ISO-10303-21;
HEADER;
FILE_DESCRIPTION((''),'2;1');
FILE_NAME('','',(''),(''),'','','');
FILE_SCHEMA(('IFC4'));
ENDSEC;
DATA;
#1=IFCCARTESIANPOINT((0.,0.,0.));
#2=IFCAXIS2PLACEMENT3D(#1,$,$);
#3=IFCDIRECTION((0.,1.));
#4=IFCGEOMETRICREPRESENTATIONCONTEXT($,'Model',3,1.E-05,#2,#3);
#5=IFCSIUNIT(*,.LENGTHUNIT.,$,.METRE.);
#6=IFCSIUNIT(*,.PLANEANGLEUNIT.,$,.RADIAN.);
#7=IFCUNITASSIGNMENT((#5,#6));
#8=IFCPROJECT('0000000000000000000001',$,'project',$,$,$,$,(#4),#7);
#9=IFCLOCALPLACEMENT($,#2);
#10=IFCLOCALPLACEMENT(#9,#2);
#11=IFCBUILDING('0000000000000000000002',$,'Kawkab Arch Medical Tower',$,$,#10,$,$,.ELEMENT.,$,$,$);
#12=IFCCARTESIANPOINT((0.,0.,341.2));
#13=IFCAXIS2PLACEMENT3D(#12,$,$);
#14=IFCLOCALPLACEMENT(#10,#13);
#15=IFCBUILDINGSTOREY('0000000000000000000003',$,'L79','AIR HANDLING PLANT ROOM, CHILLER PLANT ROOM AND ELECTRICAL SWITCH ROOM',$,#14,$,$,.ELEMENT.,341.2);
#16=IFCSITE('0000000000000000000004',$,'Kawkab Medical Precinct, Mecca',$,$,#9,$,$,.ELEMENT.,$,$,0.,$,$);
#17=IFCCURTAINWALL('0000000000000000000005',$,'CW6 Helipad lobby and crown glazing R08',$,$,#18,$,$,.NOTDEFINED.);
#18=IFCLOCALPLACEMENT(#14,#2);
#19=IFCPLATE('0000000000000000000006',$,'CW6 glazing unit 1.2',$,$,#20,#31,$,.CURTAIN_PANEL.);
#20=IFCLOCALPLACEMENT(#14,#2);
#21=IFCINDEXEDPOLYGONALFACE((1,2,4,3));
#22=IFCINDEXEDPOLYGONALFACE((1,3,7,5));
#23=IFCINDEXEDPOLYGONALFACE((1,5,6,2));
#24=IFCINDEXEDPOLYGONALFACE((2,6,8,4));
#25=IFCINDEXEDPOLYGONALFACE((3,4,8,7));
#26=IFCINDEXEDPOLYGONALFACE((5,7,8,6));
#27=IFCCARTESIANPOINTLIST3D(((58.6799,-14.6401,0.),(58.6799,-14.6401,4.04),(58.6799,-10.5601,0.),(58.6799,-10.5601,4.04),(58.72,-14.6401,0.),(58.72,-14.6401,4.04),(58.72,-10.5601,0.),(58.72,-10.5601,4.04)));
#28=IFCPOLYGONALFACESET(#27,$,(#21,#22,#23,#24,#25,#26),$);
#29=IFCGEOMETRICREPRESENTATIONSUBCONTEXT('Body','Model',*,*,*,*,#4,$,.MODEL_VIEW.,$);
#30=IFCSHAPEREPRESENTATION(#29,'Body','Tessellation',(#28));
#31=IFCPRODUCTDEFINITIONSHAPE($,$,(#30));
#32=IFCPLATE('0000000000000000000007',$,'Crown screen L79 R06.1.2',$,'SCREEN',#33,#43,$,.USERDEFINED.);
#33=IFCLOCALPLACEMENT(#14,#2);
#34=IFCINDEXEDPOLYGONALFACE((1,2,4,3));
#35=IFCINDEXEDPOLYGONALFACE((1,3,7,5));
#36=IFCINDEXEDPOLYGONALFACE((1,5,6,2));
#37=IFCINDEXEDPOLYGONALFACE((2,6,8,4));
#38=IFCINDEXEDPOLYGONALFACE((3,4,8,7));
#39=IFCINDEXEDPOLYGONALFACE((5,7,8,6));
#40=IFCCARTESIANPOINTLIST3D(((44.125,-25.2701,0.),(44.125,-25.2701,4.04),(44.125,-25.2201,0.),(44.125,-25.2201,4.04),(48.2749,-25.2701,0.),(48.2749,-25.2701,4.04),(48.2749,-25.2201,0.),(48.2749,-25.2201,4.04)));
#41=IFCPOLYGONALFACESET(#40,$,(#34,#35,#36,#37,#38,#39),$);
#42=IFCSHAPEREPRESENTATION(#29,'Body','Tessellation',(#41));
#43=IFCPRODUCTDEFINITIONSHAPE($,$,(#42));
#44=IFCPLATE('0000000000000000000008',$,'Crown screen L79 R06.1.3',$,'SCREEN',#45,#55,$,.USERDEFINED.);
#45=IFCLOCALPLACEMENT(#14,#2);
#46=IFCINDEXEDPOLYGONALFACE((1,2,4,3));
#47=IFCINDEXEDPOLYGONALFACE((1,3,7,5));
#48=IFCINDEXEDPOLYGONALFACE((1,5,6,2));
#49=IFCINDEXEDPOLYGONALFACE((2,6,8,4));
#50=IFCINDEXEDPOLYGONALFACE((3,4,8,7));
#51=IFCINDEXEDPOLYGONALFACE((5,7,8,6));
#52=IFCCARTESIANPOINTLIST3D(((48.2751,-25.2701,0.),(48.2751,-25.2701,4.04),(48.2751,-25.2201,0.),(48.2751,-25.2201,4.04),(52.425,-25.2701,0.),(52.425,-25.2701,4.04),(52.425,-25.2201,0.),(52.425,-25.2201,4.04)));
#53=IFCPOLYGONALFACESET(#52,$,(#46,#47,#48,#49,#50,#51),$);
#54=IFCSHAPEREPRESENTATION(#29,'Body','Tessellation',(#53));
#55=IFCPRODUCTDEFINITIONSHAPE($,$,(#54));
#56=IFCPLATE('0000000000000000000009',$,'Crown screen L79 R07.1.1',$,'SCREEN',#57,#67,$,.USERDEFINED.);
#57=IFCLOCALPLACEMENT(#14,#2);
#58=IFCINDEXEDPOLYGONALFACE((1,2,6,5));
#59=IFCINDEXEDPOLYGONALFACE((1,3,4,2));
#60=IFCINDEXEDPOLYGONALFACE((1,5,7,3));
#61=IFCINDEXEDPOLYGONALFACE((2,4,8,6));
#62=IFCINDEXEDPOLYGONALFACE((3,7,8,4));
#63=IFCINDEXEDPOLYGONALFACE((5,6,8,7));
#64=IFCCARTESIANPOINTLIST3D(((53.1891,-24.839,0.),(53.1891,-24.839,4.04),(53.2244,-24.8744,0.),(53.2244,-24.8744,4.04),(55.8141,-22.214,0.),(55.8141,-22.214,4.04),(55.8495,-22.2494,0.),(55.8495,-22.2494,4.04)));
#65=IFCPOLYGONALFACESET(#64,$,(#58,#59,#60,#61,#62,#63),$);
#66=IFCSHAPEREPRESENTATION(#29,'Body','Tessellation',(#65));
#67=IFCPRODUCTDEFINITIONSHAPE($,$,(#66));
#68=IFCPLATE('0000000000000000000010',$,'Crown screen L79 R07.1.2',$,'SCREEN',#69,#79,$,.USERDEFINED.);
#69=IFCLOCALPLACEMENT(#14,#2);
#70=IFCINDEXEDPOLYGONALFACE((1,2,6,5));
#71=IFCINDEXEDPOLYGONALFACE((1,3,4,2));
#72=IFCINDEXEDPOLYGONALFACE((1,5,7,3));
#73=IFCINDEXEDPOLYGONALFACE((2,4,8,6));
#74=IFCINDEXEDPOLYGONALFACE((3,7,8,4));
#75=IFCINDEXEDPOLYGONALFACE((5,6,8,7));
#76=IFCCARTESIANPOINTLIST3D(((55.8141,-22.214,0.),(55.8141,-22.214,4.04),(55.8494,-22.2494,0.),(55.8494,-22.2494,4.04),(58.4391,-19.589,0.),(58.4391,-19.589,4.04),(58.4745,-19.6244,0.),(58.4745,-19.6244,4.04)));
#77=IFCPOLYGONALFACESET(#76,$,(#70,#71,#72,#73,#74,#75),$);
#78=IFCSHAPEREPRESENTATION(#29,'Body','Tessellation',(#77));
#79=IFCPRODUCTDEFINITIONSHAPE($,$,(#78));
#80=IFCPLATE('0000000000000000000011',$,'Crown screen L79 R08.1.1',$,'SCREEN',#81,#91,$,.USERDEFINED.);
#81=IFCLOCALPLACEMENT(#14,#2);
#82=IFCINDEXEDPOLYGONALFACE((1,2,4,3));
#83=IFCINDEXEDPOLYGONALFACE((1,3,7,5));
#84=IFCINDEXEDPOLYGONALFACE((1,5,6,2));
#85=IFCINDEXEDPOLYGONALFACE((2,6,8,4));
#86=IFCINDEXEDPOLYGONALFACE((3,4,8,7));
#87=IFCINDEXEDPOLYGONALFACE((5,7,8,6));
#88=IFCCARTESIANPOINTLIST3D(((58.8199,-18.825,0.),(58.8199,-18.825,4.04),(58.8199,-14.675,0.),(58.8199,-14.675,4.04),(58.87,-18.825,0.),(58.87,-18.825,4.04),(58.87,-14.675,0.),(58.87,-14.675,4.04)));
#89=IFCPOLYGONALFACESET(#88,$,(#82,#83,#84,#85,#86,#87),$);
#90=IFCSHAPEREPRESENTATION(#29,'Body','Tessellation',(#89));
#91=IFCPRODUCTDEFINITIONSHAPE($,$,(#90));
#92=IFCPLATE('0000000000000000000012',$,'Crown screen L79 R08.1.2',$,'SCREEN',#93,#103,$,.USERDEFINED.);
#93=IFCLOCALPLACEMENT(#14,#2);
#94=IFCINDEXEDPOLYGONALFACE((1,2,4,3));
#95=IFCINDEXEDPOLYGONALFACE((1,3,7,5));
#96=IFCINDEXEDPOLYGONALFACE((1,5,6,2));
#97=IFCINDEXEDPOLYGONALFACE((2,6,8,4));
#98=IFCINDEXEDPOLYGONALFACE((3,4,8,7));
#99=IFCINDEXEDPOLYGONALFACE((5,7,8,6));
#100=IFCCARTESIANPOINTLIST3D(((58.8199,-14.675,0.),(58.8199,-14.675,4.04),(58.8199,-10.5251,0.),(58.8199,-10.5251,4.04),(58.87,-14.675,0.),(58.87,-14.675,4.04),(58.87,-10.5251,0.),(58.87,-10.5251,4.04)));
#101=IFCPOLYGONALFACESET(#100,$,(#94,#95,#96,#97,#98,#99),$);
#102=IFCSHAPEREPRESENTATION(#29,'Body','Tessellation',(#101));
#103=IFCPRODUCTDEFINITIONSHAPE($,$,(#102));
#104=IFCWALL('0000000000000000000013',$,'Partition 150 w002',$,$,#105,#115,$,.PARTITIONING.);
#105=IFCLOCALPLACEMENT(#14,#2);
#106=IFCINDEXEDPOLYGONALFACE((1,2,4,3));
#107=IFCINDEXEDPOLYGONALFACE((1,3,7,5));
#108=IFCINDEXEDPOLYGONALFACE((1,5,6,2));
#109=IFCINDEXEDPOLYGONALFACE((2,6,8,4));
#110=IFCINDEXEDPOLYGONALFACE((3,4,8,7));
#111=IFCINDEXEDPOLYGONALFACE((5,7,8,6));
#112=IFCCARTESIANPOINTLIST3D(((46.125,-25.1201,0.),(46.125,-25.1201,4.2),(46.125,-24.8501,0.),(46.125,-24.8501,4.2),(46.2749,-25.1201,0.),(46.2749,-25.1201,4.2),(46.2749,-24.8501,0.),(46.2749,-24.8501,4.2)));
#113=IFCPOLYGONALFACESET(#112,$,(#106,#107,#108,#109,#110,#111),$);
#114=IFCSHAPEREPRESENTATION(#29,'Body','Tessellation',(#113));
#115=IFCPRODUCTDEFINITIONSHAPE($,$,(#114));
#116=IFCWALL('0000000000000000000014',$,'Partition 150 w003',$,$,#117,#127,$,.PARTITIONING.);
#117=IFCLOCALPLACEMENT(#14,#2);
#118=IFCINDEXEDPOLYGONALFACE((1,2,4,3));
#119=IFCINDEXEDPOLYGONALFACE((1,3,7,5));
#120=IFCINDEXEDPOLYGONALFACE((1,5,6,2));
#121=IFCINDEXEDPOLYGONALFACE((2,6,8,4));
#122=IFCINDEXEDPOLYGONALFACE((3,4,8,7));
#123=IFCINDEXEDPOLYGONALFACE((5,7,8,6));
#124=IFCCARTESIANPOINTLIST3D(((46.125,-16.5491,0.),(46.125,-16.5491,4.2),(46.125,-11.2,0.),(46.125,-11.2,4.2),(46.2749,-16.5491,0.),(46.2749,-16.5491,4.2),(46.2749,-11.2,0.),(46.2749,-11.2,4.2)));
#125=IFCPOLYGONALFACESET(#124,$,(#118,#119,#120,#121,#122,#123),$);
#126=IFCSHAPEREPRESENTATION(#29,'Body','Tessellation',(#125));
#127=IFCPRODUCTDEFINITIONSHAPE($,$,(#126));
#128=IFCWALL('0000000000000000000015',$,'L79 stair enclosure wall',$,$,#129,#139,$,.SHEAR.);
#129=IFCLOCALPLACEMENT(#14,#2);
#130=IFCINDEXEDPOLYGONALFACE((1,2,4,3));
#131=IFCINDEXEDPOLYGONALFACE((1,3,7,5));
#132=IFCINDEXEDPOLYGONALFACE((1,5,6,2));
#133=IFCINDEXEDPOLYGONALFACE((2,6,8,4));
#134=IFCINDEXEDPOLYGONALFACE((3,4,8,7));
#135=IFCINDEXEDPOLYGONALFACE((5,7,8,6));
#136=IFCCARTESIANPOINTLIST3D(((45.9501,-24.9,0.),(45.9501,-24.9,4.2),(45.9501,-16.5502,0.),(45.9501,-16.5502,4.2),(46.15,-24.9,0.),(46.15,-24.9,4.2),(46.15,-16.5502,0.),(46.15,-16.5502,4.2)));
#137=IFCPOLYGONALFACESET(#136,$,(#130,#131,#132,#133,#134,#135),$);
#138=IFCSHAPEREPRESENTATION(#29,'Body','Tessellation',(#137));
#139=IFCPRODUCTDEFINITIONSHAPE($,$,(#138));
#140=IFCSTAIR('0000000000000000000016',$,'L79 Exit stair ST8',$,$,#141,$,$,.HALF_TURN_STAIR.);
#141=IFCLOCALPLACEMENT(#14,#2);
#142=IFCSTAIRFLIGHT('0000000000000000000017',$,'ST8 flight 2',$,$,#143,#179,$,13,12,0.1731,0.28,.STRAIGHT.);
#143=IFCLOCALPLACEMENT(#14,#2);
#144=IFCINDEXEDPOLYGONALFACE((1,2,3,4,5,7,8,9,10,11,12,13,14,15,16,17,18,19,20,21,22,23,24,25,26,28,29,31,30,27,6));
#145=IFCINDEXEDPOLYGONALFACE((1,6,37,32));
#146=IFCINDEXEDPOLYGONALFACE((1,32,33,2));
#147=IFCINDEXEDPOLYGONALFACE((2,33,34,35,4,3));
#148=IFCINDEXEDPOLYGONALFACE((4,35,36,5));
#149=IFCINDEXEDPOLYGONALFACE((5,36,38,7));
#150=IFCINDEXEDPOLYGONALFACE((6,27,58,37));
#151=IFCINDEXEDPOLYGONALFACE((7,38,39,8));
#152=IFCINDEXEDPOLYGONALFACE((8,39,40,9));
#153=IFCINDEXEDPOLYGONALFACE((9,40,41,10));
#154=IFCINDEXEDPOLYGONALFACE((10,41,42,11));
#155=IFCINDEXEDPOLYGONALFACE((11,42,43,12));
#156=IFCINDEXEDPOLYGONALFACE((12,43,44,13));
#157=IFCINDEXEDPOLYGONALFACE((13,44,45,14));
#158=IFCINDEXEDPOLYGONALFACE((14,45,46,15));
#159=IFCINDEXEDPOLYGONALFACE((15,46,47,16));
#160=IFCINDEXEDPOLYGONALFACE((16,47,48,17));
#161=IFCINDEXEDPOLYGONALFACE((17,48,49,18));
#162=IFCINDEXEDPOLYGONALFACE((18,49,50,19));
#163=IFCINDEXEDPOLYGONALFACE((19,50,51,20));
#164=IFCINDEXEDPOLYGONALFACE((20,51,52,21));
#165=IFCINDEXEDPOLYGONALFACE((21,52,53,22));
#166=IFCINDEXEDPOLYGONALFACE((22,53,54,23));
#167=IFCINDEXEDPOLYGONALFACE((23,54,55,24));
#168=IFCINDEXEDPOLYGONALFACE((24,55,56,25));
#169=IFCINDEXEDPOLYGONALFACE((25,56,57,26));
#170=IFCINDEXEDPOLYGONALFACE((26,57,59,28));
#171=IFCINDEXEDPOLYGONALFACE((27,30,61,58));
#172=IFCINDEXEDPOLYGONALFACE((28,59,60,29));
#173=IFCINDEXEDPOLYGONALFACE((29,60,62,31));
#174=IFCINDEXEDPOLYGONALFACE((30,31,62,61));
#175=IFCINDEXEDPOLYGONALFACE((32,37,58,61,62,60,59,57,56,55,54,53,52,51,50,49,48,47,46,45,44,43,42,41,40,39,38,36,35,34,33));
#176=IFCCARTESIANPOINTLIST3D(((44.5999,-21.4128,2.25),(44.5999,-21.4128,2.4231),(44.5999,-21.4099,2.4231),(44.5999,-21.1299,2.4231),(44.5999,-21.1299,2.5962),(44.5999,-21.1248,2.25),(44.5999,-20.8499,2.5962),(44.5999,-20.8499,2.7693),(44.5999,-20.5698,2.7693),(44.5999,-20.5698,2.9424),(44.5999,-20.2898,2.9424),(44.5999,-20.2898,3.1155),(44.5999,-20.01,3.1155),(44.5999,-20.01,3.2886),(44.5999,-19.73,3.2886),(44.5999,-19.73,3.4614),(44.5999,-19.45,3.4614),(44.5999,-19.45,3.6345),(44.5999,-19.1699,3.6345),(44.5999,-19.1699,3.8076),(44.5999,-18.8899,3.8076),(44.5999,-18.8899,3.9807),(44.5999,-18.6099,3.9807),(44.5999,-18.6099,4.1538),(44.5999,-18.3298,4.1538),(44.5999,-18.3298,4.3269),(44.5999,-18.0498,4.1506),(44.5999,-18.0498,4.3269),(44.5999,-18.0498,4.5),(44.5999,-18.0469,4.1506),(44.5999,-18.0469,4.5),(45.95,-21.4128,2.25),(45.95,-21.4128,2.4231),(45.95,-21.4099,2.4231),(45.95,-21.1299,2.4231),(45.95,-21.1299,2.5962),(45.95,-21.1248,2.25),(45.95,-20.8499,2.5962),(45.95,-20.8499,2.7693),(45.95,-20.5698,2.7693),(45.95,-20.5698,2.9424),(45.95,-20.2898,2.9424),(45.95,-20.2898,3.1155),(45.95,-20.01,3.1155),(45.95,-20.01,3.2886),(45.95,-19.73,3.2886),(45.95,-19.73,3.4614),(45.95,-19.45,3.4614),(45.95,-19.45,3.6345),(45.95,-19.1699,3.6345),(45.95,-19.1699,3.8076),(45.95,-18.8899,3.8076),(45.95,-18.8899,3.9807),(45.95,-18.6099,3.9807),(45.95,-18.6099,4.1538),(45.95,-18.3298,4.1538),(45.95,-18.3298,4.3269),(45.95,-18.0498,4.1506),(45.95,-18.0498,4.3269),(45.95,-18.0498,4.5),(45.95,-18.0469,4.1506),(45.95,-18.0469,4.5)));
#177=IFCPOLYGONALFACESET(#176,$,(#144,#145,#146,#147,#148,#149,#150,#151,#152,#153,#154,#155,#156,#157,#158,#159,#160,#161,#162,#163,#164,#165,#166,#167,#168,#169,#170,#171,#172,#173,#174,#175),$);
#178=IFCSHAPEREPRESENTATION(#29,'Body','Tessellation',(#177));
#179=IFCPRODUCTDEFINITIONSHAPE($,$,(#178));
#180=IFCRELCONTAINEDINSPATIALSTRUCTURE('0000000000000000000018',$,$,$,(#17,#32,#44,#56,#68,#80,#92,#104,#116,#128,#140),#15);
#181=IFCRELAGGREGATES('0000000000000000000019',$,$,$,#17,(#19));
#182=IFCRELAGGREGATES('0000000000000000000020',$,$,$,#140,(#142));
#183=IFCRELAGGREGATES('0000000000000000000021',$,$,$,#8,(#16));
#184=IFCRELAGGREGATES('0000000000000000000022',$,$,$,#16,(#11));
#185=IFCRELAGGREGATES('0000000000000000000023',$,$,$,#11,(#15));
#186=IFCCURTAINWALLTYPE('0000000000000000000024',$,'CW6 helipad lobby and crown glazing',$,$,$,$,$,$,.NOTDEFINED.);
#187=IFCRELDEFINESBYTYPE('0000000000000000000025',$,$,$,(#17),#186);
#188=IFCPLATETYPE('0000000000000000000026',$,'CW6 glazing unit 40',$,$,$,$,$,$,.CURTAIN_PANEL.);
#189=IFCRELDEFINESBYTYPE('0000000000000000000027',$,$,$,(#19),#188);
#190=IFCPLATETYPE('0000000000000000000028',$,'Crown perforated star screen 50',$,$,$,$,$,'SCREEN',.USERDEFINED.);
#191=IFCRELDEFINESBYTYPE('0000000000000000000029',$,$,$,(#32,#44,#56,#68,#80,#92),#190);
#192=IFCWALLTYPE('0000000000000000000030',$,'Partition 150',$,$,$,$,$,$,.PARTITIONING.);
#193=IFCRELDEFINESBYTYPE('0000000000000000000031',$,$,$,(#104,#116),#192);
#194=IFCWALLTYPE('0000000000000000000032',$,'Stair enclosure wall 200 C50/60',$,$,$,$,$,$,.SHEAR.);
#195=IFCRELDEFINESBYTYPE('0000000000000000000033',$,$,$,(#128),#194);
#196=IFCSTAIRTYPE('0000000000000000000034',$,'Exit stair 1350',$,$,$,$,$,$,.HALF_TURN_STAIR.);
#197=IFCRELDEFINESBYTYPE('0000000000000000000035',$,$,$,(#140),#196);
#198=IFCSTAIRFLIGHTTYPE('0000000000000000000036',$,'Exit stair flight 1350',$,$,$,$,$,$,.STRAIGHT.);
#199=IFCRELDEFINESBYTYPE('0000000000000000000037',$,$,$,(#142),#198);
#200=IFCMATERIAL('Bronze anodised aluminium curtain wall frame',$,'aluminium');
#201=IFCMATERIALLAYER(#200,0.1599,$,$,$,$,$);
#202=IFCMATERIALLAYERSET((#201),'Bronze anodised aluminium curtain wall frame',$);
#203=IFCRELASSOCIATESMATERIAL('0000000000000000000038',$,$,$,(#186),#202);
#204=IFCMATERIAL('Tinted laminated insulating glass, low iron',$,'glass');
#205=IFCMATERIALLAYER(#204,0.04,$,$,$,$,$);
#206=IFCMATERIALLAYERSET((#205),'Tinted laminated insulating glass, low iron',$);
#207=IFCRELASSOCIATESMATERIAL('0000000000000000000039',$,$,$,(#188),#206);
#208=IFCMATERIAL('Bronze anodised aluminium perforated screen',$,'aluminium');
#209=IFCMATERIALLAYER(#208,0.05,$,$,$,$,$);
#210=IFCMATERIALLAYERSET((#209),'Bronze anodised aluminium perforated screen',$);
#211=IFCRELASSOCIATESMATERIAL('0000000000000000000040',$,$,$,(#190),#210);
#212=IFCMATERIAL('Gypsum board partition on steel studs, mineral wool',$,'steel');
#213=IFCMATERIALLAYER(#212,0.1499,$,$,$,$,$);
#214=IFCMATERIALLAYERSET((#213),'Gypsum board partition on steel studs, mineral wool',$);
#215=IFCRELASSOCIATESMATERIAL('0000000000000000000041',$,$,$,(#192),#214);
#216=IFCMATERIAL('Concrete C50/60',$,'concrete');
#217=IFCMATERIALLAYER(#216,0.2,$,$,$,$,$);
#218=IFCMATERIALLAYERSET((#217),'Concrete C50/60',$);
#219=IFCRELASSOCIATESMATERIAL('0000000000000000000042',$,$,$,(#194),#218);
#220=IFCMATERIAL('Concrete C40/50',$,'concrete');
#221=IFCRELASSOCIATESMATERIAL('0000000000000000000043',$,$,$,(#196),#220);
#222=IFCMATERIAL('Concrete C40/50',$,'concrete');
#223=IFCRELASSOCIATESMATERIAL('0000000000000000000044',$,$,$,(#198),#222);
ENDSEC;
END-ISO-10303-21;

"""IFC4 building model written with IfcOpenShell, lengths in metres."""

from ifc_helpers import new_model, si_unit, direction, frame, frame_2d, origin, origin_2d, place, context, subcontext, project, spatial, polyline, rectangle, outline, extrude, material, layer, layer_set, type_object, element, aggregate, save


model = new_model("IFC4")

# Units and contexts
model_context = context("Model", 3, precision=1e-05, world=origin(), true_north=direction((0.0, 1.0)))
body_context = subcontext(model_context, "Body", "Model", "MODEL_VIEW")
ifc_project = project(units=[si_unit("LENGTHUNIT", "METRE"), si_unit("PLANEANGLEUNIT", "RADIAN")], contexts=[model_context])

# Site, building, storey
site_placement = place(None, origin())
site = spatial("IfcSite", under=ifc_project, at=site_placement, Name="Kawkab Medical Precinct, Mecca", CompositionType="ELEMENT", RefElevation=0.0)
building_placement = place(site_placement, origin())
building = spatial("IfcBuilding", under=site, at=building_placement, Name="Kawkab Arch Medical Tower", CompositionType="ELEMENT")
storey_placement = place(building_placement, frame((0.0, 0.0, 341.2)))
storey = spatial("IfcBuildingStorey", under=building, at=storey_placement, Name="L79", Description="AIR HANDLING PLANT ROOM, CHILLER PLANT ROOM AND ELECTRICAL SWITCH ROOM", CompositionType="ELEMENT", Elevation=341.2)

# Shared definitions
ifc_material_1 = material(Name="Bronze anodised aluminium curtain wall frame", Category="aluminium")
ifc_layer_1 = layer(ifc_material_1, 0.1599)
ifc_layer_set_1 = layer_set([ifc_layer_1], Name="Bronze anodised aluminium curtain wall frame")
curtain_wall_type = type_object("IfcCurtainWallType", Name="CW6 helipad lobby and crown glazing", PredefinedType="NOTDEFINED", material=ifc_layer_set_1)
placement = place(storey_placement, origin())

# Curtain wall
curtain_wall_1 = element("IfcCurtainWall", 1, at=placement, inside=storey, type_object=curtain_wall_type, Name="CW6 Helipad lobby and crown glazing R08", PredefinedType="NOTDEFINED")

# Plate
ifc_material_2 = material(Name="Tinted laminated insulating glass, low iron", Category="glass")
ifc_layer_2 = layer(ifc_material_2, 0.04)
ifc_layer_set_2 = layer_set([ifc_layer_2], Name="Tinted laminated insulating glass, low iron")
plate_type_1 = type_object("IfcPlateType", Name="CW6 glazing unit 40", PredefinedType="CURTAIN_PANEL", material=ifc_layer_set_2)
plate_1_placement = place(storey_placement, frame((58.7, -12.6001, 0.0), z_axis=(0.0, 0.0, 1.0), x_axis=(0.0, 1.0, 0.0)))
plate_1 = element("IfcPlate", 2, at=plate_1_placement, type_object=plate_type_1, Name="CW6 glazing unit 1.2", PredefinedType="CURTAIN_PANEL", context=body_context, shape_type="SweptSolid", body=[
    extrude(rectangle(XDim=4.0801, YDim=0.04, at=origin_2d()), origin(), (0.0, 0.0, 1.0), 4.04),
])
aggregate(curtain_wall_1, [plate_1])

# Plates
ifc_material_3 = material(Name="Bronze anodised aluminium perforated screen", Category="aluminium")
ifc_layer_3 = layer(ifc_material_3, 0.05)
ifc_layer_set_3 = layer_set([ifc_layer_3], Name="Bronze anodised aluminium perforated screen")
plate_type_2 = type_object("IfcPlateType", Name="Crown perforated star screen 50", ElementType="SCREEN", PredefinedType="USERDEFINED", material=ifc_layer_set_3)
for number, where, z_axis, x_axis, name in (
    (3, (46.2, -25.2451, 0.0), (0.0, 0.0, 1.0), (1.0, 0.0, 0.0), "Crown screen L79 R06.1.2"),
    (4, (50.3501, -25.2451, 0.0), (0.0, 0.0, 1.0), (1.0, 0.0, 0.0), "Crown screen L79 R06.1.3"),
):
    element("IfcPlate", number, at=place(storey_placement, frame(where, z_axis=z_axis, x_axis=x_axis)), inside=storey, type_object=plate_type_2, Name=name, ObjectType="SCREEN", PredefinedType="USERDEFINED", context=body_context, shape_type="SweptSolid", body=[
        extrude(rectangle(XDim=4.1499, YDim=0.05, at=origin_2d()), origin(), (0.0, 0.0, 1.0), 4.04),
    ])
for number, where, z_axis, x_axis, name in (
    (5, (54.5193, -23.5442, 0.0), (0.0, 0.0, 1.0), (0.707107, 0.707107, 0.0), "Crown screen L79 R07.1.1"),
    (6, (57.1443, -20.9192, 0.0), (0.0, 0.0, 1.0), (0.707107, 0.707107, 0.0), "Crown screen L79 R07.1.2"),
):
    element("IfcPlate", number, at=place(storey_placement, frame(where, z_axis=z_axis, x_axis=x_axis)), inside=storey, type_object=plate_type_2, Name=name, ObjectType="SCREEN", PredefinedType="USERDEFINED", context=body_context, shape_type="SweptSolid", body=[
        extrude(rectangle(XDim=3.7124, YDim=0.05, at=origin_2d()), origin(), (0.0, 0.0, 1.0), 4.04),
    ])
for number, where, z_axis, x_axis, name in (
    (7, (58.845, -16.75, 0.0), (0.0, 0.0, 1.0), (0.0, 1.0, 0.0), "Crown screen L79 R08.1.1"),
    (8, (58.845, -12.6001, 0.0), (0.0, 0.0, 1.0), (0.0, 1.0, 0.0), "Crown screen L79 R08.1.2"),
):
    element("IfcPlate", number, at=place(storey_placement, frame(where, z_axis=z_axis, x_axis=x_axis)), inside=storey, type_object=plate_type_2, Name=name, ObjectType="SCREEN", PredefinedType="USERDEFINED", context=body_context, shape_type="SweptSolid", body=[
        extrude(rectangle(XDim=4.1499, YDim=0.05, at=origin_2d()), origin(), (0.0, 0.0, 1.0), 4.04),
    ])

# Walls
ifc_material_4 = material(Name="Gypsum board partition on steel studs, mineral wool", Category="steel")
ifc_layer_4 = layer(ifc_material_4, 0.1499)
ifc_layer_set_4 = layer_set([ifc_layer_4], Name="Gypsum board partition on steel studs, mineral wool")
wall_type_1 = type_object("IfcWallType", Name="Partition 150", PredefinedType="PARTITIONING", material=ifc_layer_set_4)
wall_1_placement = place(storey_placement, frame((46.2, -25.1201, 0.0), z_axis=(0.0, 0.0, 1.0), x_axis=(0.0, 1.0, 0.0)))
element("IfcWall", 9, at=wall_1_placement, inside=storey, type_object=wall_type_1, Name="Partition 150 w002", PredefinedType="PARTITIONING", context=body_context, shape_type="SweptSolid", body=[
    extrude(rectangle(XDim=0.27, YDim=0.1499, at=frame_2d((0.135, 0.0))), origin(), (0.0, 0.0, 1.0), 4.2),
])
wall_2_placement = place(storey_placement, frame((46.2, -16.5491, 0.0), z_axis=(0.0, 0.0, 1.0), x_axis=(0.0, 1.0, 0.0)))
element("IfcWall", 10, at=wall_2_placement, inside=storey, type_object=wall_type_1, Name="Partition 150 w003", PredefinedType="PARTITIONING", context=body_context, shape_type="SweptSolid", body=[
    extrude(rectangle(XDim=5.3491, YDim=0.1499, at=frame_2d((2.6746, 0.0))), origin(), (0.0, 0.0, 1.0), 4.2),
])
ifc_material_5 = material(Name="Concrete C50/60", Category="concrete")
ifc_layer_5 = layer(ifc_material_5, 0.2)
ifc_layer_set_5 = layer_set([ifc_layer_5], Name="Concrete C50/60")
wall_type_2 = type_object("IfcWallType", Name="Stair enclosure wall 200 C50/60", PredefinedType="SHEAR", material=ifc_layer_set_5)
wall_3_placement = place(storey_placement, frame((46.05, -24.8999, 0.0), z_axis=(0.0, 0.0, 1.0), x_axis=(0.0, 1.0, 0.0)))
element("IfcWall", 11, at=wall_3_placement, inside=storey, type_object=wall_type_2, Name="L79 stair enclosure wall", PredefinedType="SHEAR", context=body_context, shape_type="SweptSolid", body=[
    extrude(rectangle(XDim=8.3499, YDim=0.2, at=frame_2d((4.1748, 0.0))), origin(), (0.0, 0.0, 1.0), 4.2),
])

# Stair, stair flight
ifc_material_6 = material(Name="Concrete C40/50", Category="concrete")
stair_type = type_object("IfcStairType", Name="Exit stair 1350", PredefinedType="HALF_TURN_STAIR", material=ifc_material_6)
stair = element("IfcStair", 12, at=placement, inside=storey, type_object=stair_type, Name="L79 Exit stair ST8", PredefinedType="HALF_TURN_STAIR")
ifc_material_7 = material(Name="Concrete C40/50", Category="concrete")
stair_flight_type = type_object("IfcStairFlightType", Name="Exit stair flight 1350", PredefinedType="STRAIGHT", material=ifc_material_7)
stair_flight_placement = place(storey_placement, frame((45.2749, -21.4099, 2.25), z_axis=(0.0, 0.0, 1.0), x_axis=(0.0, 1.0, 0.0)))
stair_flight = element("IfcStairFlight", 13, at=stair_flight_placement, type_object=stair_flight_type, Name="ST8 flight 2", NumberOfRisers=13, NumberOfTreads=12, PredefinedType="STRAIGHT", RiserHeight=0.1731, TreadLength=0.28, context=body_context, shape_type="SweptSolid", body=[
    extrude(outline(polyline([(-0.0029, 0.0), (-0.0029, 0.1731), (0.0, 0.1731), (0.28, 0.1731), (0.28, 0.3462), (0.5601, 0.3462), (0.5601, 0.5193), (0.8401, 0.5193), (0.8401, 0.6924), (1.1201, 0.6924), (1.1201, 0.8655), (1.3999, 0.8655), (1.3999, 1.0386), (1.6799, 1.0386), (1.6799, 1.2114), (1.96, 1.2114), (1.96, 1.3845), (2.24, 1.3845), (2.24, 1.5576), (2.52, 1.5576), (2.52, 1.7307), (2.8, 1.7307), (2.8, 1.9038), (3.0801, 1.9038), (3.0801, 2.0769), (3.3601, 2.0769), (3.3601, 2.25), (3.363, 2.25), (3.363, 1.9006), (3.3601, 1.9006), (0.2852, 0.0), (-0.0029, 0.0)])), frame((0.0, 0.675, 0.0), z_axis=(0.0, -1.0, 0.0), x_axis=(1.0, 0.0, 0.0)), (0.0, 0.0, 1.0), 1.3501),
])
aggregate(stair, [stair_flight])

save(model, "model.ifc")
